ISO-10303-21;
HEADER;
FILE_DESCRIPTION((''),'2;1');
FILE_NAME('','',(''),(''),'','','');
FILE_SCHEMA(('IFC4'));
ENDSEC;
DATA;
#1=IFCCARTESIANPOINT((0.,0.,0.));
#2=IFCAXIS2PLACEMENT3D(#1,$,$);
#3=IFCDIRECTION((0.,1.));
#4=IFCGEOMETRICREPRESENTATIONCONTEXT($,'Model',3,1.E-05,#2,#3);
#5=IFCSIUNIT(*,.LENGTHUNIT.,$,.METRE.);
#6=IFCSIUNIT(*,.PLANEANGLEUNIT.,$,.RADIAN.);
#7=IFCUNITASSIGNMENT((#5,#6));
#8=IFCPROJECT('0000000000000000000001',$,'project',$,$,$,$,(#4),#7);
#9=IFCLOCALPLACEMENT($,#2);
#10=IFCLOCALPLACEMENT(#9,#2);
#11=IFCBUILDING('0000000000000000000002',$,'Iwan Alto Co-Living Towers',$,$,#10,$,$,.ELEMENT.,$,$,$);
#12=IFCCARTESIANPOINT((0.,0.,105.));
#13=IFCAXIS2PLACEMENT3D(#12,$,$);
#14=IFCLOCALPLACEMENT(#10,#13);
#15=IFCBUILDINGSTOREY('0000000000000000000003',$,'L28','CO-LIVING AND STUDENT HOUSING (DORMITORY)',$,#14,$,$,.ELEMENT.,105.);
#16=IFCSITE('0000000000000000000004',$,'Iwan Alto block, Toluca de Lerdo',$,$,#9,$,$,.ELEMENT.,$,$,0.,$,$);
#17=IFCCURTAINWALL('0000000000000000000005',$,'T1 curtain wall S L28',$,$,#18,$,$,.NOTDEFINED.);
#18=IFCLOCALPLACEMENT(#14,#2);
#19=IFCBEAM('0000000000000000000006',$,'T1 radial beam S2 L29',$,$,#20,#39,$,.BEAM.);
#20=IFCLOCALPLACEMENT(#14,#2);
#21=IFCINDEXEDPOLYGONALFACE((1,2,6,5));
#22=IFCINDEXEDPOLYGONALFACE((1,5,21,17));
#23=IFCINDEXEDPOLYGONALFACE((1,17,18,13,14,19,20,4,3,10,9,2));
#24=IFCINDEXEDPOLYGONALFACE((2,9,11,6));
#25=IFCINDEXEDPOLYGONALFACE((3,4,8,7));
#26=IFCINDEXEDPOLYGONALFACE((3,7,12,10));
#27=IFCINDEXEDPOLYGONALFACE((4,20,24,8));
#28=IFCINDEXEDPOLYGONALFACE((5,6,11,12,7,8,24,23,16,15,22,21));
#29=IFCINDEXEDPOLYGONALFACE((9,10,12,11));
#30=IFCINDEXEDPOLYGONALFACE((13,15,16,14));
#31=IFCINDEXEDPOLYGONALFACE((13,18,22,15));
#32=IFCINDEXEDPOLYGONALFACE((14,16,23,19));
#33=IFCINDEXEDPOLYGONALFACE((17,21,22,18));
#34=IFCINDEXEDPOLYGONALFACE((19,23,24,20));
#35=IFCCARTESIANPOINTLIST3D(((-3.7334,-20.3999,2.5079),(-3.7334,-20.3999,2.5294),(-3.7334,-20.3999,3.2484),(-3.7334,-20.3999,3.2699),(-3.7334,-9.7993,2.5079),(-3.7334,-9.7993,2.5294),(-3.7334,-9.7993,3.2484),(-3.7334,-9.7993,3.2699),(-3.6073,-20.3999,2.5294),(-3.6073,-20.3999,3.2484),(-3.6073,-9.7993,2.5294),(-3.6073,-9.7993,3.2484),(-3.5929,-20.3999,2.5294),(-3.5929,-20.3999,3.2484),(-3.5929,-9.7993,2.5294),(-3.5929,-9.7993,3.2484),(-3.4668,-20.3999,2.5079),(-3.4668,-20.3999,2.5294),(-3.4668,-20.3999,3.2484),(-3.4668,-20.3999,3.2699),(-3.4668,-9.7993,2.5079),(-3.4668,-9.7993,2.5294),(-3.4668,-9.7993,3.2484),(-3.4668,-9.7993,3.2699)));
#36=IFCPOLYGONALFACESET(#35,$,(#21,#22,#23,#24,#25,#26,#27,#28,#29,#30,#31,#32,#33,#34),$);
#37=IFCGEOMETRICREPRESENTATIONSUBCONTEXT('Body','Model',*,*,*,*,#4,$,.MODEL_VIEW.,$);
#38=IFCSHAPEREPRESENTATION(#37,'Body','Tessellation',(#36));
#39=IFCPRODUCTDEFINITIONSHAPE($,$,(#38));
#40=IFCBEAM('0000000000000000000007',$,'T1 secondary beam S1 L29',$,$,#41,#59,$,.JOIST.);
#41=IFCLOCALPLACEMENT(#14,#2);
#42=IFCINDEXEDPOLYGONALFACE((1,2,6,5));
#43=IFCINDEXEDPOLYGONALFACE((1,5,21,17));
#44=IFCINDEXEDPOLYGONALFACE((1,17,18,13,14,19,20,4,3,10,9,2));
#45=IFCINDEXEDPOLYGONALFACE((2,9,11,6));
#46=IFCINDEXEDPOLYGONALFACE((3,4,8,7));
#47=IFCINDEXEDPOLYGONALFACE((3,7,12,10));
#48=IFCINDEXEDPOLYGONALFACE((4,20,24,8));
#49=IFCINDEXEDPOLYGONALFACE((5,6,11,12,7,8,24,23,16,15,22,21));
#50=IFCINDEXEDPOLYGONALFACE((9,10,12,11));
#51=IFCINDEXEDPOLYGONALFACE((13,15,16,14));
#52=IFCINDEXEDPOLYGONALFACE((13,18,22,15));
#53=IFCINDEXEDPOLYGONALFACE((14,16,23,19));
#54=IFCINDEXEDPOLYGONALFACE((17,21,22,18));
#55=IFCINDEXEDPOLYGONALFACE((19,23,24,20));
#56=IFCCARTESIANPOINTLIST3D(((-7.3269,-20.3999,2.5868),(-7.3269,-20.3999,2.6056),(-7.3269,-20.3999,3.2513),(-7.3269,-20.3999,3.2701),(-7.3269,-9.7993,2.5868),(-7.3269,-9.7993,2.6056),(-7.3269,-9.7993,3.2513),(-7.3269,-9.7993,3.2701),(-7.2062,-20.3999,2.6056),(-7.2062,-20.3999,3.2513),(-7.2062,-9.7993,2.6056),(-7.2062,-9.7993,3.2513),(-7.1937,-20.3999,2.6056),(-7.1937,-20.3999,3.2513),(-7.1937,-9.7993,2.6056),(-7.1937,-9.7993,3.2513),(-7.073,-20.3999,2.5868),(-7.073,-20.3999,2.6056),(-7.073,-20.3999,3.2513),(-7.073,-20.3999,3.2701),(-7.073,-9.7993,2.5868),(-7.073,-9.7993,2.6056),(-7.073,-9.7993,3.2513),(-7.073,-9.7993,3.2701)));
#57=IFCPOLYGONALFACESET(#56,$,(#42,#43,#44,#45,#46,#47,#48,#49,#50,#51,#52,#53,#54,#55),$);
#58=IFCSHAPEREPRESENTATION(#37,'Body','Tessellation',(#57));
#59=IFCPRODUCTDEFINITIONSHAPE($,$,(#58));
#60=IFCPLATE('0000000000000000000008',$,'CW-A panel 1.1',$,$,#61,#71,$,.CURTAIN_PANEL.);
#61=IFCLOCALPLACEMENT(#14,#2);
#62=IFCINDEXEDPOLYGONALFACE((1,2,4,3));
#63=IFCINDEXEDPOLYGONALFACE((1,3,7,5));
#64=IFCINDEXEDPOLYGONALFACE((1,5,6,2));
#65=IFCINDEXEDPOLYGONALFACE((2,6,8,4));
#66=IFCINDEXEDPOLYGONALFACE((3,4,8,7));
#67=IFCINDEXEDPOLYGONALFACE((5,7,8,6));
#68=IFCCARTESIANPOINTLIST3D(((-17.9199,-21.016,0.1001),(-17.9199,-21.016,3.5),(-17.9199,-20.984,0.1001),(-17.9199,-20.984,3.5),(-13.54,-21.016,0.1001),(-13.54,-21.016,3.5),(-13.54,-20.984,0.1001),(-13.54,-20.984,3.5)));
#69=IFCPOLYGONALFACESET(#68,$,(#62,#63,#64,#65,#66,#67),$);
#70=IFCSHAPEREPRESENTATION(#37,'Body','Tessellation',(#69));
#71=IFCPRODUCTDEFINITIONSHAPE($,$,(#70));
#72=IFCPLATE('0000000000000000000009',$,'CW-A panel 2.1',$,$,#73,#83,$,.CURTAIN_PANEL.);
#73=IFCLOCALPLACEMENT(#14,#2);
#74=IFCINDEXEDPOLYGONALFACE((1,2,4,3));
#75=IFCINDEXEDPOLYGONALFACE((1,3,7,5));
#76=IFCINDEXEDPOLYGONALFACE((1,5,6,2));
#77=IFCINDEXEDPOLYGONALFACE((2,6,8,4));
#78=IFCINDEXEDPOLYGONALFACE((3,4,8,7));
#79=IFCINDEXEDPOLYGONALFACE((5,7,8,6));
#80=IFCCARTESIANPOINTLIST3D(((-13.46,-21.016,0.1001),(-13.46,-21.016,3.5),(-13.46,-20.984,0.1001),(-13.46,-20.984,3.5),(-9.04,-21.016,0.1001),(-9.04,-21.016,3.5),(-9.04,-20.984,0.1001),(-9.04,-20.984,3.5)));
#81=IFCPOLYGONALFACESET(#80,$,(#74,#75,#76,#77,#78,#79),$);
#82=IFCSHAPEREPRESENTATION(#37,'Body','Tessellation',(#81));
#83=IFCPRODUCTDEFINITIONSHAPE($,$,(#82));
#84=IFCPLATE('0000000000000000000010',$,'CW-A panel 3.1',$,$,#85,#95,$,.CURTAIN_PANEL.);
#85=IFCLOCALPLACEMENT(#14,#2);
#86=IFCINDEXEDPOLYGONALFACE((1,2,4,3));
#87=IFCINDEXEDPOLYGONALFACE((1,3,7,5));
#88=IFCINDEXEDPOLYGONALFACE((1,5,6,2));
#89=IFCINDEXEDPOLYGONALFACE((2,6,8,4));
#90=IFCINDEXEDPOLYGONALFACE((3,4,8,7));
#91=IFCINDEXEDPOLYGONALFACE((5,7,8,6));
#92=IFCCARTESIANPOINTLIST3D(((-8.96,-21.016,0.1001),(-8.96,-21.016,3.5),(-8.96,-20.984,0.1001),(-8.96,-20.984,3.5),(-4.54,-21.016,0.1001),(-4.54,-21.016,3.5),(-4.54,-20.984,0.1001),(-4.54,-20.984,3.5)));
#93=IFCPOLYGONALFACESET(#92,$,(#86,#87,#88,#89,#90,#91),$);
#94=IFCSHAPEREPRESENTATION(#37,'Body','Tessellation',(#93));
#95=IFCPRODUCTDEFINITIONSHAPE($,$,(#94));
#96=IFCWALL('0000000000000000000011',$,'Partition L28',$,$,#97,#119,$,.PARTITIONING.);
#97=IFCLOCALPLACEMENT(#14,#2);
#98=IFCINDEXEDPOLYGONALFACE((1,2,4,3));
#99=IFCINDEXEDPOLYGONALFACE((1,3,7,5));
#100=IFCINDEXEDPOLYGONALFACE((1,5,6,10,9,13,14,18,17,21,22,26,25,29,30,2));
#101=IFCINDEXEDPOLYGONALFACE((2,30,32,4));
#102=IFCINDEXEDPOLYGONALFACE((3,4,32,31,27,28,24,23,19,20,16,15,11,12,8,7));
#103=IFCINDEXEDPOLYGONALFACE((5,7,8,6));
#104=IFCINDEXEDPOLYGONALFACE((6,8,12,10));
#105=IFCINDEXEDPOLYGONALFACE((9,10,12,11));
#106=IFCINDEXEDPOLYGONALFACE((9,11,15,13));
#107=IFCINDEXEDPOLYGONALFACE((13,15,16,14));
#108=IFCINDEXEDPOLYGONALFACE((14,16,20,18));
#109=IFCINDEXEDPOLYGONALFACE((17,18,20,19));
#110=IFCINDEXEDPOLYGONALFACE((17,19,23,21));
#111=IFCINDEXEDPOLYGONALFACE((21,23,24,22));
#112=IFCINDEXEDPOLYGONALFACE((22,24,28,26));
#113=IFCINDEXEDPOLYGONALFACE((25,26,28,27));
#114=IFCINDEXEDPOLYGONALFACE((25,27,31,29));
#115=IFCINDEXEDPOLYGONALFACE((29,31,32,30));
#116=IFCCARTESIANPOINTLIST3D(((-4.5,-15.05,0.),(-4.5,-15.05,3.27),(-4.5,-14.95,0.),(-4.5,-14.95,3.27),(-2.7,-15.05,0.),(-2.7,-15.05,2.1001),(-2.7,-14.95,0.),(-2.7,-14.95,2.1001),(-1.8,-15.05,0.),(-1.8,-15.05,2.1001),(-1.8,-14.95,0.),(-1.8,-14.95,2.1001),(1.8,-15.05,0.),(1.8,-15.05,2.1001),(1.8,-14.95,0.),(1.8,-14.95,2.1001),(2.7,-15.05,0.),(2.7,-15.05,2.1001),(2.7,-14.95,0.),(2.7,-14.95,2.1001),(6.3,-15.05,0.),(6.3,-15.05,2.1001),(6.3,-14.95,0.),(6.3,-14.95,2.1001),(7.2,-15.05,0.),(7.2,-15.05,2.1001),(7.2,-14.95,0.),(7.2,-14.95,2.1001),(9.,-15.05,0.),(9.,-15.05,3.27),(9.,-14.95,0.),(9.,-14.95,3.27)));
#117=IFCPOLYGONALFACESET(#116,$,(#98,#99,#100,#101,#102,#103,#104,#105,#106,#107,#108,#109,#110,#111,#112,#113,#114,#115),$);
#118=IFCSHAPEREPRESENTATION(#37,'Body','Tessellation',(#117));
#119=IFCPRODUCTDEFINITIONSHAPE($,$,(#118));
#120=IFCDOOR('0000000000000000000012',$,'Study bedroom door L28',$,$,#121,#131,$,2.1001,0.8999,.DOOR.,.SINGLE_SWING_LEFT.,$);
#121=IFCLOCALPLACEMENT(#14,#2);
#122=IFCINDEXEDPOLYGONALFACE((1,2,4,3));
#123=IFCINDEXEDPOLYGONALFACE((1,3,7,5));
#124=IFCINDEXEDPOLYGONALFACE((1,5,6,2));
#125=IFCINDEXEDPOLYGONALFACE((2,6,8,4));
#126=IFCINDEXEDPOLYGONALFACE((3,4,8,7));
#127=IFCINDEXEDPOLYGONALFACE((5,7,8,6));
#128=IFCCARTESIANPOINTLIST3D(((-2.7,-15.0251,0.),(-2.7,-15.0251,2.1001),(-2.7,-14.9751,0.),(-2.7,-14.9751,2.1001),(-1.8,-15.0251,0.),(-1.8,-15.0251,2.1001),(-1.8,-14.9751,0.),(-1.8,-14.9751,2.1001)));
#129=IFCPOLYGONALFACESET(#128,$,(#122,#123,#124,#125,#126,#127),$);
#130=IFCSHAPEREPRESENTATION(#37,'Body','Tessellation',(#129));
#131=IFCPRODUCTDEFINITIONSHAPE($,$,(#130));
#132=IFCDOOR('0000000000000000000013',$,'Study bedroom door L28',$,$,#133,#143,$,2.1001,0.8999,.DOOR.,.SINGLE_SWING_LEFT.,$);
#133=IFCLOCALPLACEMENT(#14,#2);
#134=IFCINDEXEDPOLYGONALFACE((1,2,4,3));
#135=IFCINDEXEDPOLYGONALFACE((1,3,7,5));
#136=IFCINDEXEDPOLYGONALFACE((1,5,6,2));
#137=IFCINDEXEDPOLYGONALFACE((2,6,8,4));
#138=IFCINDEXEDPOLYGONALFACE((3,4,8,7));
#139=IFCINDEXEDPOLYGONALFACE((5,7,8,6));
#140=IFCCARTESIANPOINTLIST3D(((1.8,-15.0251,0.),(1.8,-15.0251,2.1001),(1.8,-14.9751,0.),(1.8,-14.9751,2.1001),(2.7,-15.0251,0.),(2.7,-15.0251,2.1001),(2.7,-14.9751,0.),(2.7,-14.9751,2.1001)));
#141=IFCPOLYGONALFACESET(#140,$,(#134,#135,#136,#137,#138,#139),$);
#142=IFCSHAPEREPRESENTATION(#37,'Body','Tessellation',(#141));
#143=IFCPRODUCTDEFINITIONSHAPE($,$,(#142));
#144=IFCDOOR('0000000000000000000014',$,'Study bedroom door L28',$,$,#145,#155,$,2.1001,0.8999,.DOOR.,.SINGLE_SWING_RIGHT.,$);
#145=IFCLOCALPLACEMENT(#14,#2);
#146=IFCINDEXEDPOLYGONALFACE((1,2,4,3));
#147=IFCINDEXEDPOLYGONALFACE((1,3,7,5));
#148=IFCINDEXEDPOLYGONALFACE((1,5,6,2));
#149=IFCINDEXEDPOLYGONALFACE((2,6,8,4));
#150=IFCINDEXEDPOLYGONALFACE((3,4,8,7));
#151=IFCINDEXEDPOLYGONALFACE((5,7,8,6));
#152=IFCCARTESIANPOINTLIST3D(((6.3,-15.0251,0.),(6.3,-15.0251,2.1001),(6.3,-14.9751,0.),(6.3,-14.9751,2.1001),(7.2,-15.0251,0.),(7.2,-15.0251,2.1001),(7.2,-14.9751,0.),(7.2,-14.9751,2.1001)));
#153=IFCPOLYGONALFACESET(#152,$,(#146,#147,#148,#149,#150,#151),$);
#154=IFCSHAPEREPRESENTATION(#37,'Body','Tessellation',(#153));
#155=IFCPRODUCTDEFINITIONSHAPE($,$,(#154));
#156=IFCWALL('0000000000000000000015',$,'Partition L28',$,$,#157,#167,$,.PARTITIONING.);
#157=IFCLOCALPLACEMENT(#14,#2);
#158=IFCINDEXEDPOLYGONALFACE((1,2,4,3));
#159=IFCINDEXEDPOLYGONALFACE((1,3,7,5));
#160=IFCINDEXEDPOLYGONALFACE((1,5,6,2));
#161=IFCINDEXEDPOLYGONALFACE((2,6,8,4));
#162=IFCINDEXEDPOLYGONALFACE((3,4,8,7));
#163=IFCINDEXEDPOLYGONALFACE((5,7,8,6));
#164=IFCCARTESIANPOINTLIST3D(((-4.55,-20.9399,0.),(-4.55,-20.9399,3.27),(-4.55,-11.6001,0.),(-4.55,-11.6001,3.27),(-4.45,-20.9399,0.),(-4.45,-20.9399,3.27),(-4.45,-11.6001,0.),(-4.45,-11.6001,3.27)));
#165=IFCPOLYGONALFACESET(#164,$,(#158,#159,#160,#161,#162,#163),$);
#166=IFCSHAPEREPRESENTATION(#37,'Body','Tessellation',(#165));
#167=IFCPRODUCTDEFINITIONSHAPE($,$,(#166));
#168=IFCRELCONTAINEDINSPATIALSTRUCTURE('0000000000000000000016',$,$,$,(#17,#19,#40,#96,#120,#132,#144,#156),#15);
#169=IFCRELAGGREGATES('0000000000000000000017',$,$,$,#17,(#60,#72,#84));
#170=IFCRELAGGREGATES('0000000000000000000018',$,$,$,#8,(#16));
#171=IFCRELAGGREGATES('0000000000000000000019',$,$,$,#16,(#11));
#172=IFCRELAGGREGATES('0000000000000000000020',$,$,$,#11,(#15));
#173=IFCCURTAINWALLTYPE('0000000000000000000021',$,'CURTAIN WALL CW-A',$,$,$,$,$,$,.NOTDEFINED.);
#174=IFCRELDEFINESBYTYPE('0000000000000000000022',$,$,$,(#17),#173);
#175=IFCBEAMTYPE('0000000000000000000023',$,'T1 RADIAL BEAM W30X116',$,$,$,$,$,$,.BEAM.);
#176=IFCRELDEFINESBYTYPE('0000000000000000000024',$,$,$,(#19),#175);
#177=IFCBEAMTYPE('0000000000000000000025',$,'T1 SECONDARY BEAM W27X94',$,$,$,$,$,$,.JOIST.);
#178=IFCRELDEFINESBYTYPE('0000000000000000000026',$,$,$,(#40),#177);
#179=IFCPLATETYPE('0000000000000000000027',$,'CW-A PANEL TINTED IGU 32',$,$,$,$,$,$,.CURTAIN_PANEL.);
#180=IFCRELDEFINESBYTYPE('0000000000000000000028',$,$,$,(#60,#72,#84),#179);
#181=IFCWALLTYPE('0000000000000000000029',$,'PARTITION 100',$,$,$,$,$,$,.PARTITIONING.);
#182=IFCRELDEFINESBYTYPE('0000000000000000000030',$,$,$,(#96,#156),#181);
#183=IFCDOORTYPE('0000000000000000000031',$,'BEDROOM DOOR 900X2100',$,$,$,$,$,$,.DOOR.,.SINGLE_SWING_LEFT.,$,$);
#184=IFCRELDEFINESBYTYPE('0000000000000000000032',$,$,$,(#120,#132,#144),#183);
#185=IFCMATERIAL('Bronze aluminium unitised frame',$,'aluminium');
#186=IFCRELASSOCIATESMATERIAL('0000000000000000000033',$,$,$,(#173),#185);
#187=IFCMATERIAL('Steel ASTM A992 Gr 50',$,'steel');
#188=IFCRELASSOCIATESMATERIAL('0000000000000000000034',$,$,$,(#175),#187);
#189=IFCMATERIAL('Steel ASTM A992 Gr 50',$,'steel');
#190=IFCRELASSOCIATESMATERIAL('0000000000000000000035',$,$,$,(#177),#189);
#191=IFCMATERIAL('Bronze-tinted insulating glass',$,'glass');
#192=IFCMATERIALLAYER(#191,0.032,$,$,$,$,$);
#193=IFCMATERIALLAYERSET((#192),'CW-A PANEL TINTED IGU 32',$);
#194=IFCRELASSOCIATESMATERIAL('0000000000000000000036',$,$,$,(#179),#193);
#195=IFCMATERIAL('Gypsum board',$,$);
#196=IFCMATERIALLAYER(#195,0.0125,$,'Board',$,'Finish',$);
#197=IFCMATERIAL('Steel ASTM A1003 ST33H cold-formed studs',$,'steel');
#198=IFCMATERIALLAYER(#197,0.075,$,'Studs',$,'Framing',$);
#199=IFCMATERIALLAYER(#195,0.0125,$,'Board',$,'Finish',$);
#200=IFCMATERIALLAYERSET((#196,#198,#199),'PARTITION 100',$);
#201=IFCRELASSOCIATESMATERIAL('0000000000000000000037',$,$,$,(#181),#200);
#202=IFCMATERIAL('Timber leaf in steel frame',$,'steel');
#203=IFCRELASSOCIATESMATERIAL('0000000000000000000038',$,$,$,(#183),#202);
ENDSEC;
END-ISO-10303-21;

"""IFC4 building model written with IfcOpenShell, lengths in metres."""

from ifc_helpers import new_model, si_unit, direction, frame, frame_2d, origin, origin_2d, place, context, subcontext, project, spatial, rectangle, i_section, extrude, material, layer, layer_set, material_profile, profile_set, type_object, element, fill, aggregate, save


model = new_model("IFC4")

# Units and contexts
model_context = context("Model", 3, precision=1e-05, world=origin(), true_north=direction((0.0, 1.0)))
body_context = subcontext(model_context, "Body", "Model", "MODEL_VIEW")
ifc_project = project(units=[si_unit("LENGTHUNIT", "METRE"), si_unit("PLANEANGLEUNIT", "RADIAN")], contexts=[model_context])

# Site, building, storey
site_placement = place(None, origin())
site = spatial("IfcSite", under=ifc_project, at=site_placement, Name="Iwan Alto block, Toluca de Lerdo", CompositionType="ELEMENT", RefElevation=0.0)
building_placement = place(site_placement, origin())
building = spatial("IfcBuilding", under=site, at=building_placement, Name="Iwan Alto Co-Living Towers", CompositionType="ELEMENT")
storey_placement = place(building_placement, frame((0.0, 0.0, 105.0)))
storey = spatial("IfcBuildingStorey", under=building, at=storey_placement, Name="L28", Description="CO-LIVING AND STUDENT HOUSING (DORMITORY)", CompositionType="ELEMENT", Elevation=105.0)

# Curtain wall
ifc_material_1 = material(Name="Bronze aluminium unitised frame", Category="aluminium")
curtain_wall_type = type_object("IfcCurtainWallType", Name="CURTAIN WALL CW-A", PredefinedType="NOTDEFINED", material=ifc_material_1)
curtain_wall_placement = place(storey_placement, origin())
curtain_wall = element("IfcCurtainWall", 1, at=curtain_wall_placement, inside=storey, type_object=curtain_wall_type, Name="T1 curtain wall S L28", PredefinedType="NOTDEFINED")

# Beams
ifc_material_2 = material(Name="Steel ASTM A992 Gr 50", Category="steel")
ifc_material_profile_1 = material_profile(ifc_material_2, i_section(OverallWidth=0.2666, OverallDepth=0.762, WebThickness=0.0144, FlangeThickness=0.0215, at=origin_2d()), Name="W30X116")
ifc_profile_set_1 = profile_set([ifc_material_profile_1], Name="Steel ASTM A992 Gr 50")
beam_type_1 = type_object("IfcBeamType", Name="T1 RADIAL BEAM W30X116", PredefinedType="BEAM", material=ifc_profile_set_1)
beam_1_placement = place(storey_placement, frame((-3.6001, -20.3999, 2.8889), z_axis=(0.0, 1.0, 0.0), x_axis=(-1.0, 0.0, 0.0)))
element("IfcBeam", 2, at=beam_1_placement, inside=storey, type_object=beam_type_1, Name="T1 radial beam S2 L29", PredefinedType="BEAM", context=body_context, shape_type="SweptSolid", body=[
    extrude(i_section(OverallWidth=0.2666, OverallDepth=0.762, WebThickness=0.0144, FlangeThickness=0.0215, at=origin_2d()), origin(), (0.0, 0.0, 1.0), 10.6006),
])
ifc_material_3 = material(Name="Steel ASTM A992 Gr 50", Category="steel")
ifc_material_profile_2 = material_profile(ifc_material_3, i_section(OverallWidth=0.2539, OverallDepth=0.6833, WebThickness=0.0125, FlangeThickness=0.0188, at=origin_2d()), Name="W27X94")
ifc_profile_set_2 = profile_set([ifc_material_profile_2], Name="Steel ASTM A992 Gr 50")
beam_type_2 = type_object("IfcBeamType", Name="T1 SECONDARY BEAM W27X94", PredefinedType="JOIST", material=ifc_profile_set_2)
beam_2_placement = place(storey_placement, frame((-7.2, -20.3999, 2.9285), z_axis=(0.0, 1.0, 0.0), x_axis=(-1.0, 0.0, 0.0)))
element("IfcBeam", 3, at=beam_2_placement, inside=storey, type_object=beam_type_2, Name="T1 secondary beam S1 L29", PredefinedType="JOIST", context=body_context, shape_type="SweptSolid", body=[
    extrude(i_section(OverallWidth=0.2539, OverallDepth=0.6833, WebThickness=0.0125, FlangeThickness=0.0188, at=origin_2d()), origin(), (0.0, 0.0, 1.0), 10.6006),
])

# Plates
ifc_material_4 = material(Name="Bronze-tinted insulating glass", Category="glass")
ifc_layer_1 = layer(ifc_material_4, 0.032)
ifc_layer_set_1 = layer_set([ifc_layer_1], Name="CW-A PANEL TINTED IGU 32")
plate_type = type_object("IfcPlateType", Name="CW-A PANEL TINTED IGU 32", PredefinedType="CURTAIN_PANEL", material=ifc_layer_set_1)
plate_1_placement = place(storey_placement, frame((-15.73, -21.0, 0.1001), z_axis=(0.0, 0.0, 1.0), x_axis=(1.0, 0.0, 0.0)))
plate_1 = element("IfcPlate", 4, at=plate_1_placement, type_object=plate_type, Name="CW-A panel 1.1", PredefinedType="CURTAIN_PANEL", context=body_context, shape_type="SweptSolid", body=[
    extrude(rectangle(XDim=4.3799, YDim=0.032, at=origin_2d()), origin(), (0.0, 0.0, 1.0), 3.3999),
])
plate_2_placement = place(storey_placement, frame((-11.25, -21.0, 0.1001), z_axis=(0.0, 0.0, 1.0), x_axis=(1.0, 0.0, 0.0)))
plate_2 = element("IfcPlate", 5, at=plate_2_placement, type_object=plate_type, Name="CW-A panel 2.1", PredefinedType="CURTAIN_PANEL", context=body_context, shape_type="SweptSolid", body=[
    extrude(rectangle(XDim=4.4199, YDim=0.032, at=origin_2d()), origin(), (0.0, 0.0, 1.0), 3.3999),
])
plate_3_placement = place(storey_placement, frame((-6.75, -21.0, 0.1001), z_axis=(0.0, 0.0, 1.0), x_axis=(1.0, 0.0, 0.0)))
plate_3 = element("IfcPlate", 6, at=plate_3_placement, type_object=plate_type, Name="CW-A panel 3.1", PredefinedType="CURTAIN_PANEL", context=body_context, shape_type="SweptSolid", body=[
    extrude(rectangle(XDim=4.4199, YDim=0.032, at=origin_2d()), origin(), (0.0, 0.0, 1.0), 3.3999),
])
aggregate(curtain_wall, [plate_1, plate_2, plate_3])

# Wall, openings, doors
ifc_material_5 = material(Name="Gypsum board")
ifc_layer_2 = layer(ifc_material_5, 0.0125, Name="Board", Category="Finish")
ifc_material_6 = material(Name="Steel ASTM A1003 ST33H cold-formed studs", Category="steel")
ifc_layer_3 = layer(ifc_material_6, 0.075, Name="Studs", Category="Framing")
ifc_layer_4 = layer(ifc_material_5, 0.0125, Name="Board", Category="Finish")
ifc_layer_set_2 = layer_set([ifc_layer_2, ifc_layer_3, ifc_layer_4], Name="PARTITION 100")
wall_type = type_object("IfcWallType", Name="PARTITION 100", PredefinedType="PARTITIONING", material=ifc_layer_set_2)
wall_1_placement = place(storey_placement, frame((-4.5, -15.0, 0.0), z_axis=(0.0, 0.0, 1.0), x_axis=(1.0, 0.0, 0.0)))
wall_1 = element("IfcWall", 7, at=wall_1_placement, inside=storey, type_object=wall_type, Name="Partition L28", PredefinedType="PARTITIONING", context=body_context, shape_type="SweptSolid", body=[
    extrude(rectangle(XDim=13.5, YDim=0.1001, at=frame_2d((6.75, 0.0))), origin(), (0.0, 0.0, 1.0), 3.27),
])
opening_1_placement = place(wall_1_placement, frame((1.8, 0.0, 0.0)))
opening_1 = element("IfcOpeningElement", 8, at=opening_1_placement, cuts=wall_1, PredefinedType="OPENING", context=body_context, shape_type="SweptSolid", body=[
    extrude(rectangle(XDim=0.8999, YDim=2.1001, at=frame_2d((0.45, 1.05))), frame((0.0, 0.0601, 0.0), z_axis=(0.0, -1.0, 0.0), x_axis=(1.0, 0.0, 0.0)), (0.0, 0.0, 1.0), 0.1201),
])
opening_2_placement = place(wall_1_placement, frame((6.3, 0.0, 0.0)))
opening_2 = element("IfcOpeningElement", 9, at=opening_2_placement, cuts=wall_1, PredefinedType="OPENING", context=body_context, shape_type="SweptSolid", body=[
    extrude(rectangle(XDim=0.8999, YDim=2.1001, at=frame_2d((0.45, 1.05))), frame((0.0, 0.0601, 0.0), z_axis=(0.0, -1.0, 0.0), x_axis=(1.0, 0.0, 0.0)), (0.0, 0.0, 1.0), 0.1201),
])
opening_3_placement = place(wall_1_placement, frame((10.8, 0.0, 0.0)))
opening_3 = element("IfcOpeningElement", 10, at=opening_3_placement, cuts=wall_1, PredefinedType="OPENING", context=body_context, shape_type="SweptSolid", body=[
    extrude(rectangle(XDim=0.8999, YDim=2.1001, at=frame_2d((0.45, 1.05))), frame((0.0, 0.0601, 0.0), z_axis=(0.0, -1.0, 0.0), x_axis=(1.0, 0.0, 0.0)), (0.0, 0.0, 1.0), 0.1201),
])
ifc_material_7 = material(Name="Timber leaf in steel frame", Category="steel")
door_type_1 = type_object("IfcDoorType", Name="BEDROOM DOOR 900X2100", OperationType="SINGLE_SWING_LEFT", PredefinedType="DOOR", material=ifc_material_7)
door_1_placement = place(opening_1_placement, origin())
door_1 = element("IfcDoor", 11, at=door_1_placement, inside=storey, type_object=door_type_1, Name="Study bedroom door L28", OperationType="SINGLE_SWING_LEFT", OverallHeight=2.1001, OverallWidth=0.8999, PredefinedType="DOOR", context=body_context, shape_type="SweptSolid", body=[
    extrude(rectangle(XDim=0.8999, YDim=2.1001, at=frame_2d((0.45, 1.05))), frame((0.0, 0.0249, 0.0), z_axis=(0.0, -1.0, 0.0), x_axis=(1.0, 0.0, 0.0)), (0.0, 0.0, 1.0), 0.05),
])
fill(opening_1, door_1)
door_2_placement = place(opening_2_placement, origin())
door_2 = element("IfcDoor", 12, at=door_2_placement, inside=storey, type_object=door_type_1, Name="Study bedroom door L28", OperationType="SINGLE_SWING_LEFT", OverallHeight=2.1001, OverallWidth=0.8999, PredefinedType="DOOR", context=body_context, shape_type="SweptSolid", body=[
    extrude(rectangle(XDim=0.8999, YDim=2.1001, at=frame_2d((0.45, 1.05))), frame((0.0, 0.0249, 0.0), z_axis=(0.0, -1.0, 0.0), x_axis=(1.0, 0.0, 0.0)), (0.0, 0.0, 1.0), 0.05),
])
fill(opening_2, door_2)
door_3_placement = place(opening_3_placement, origin())
door_3 = element("IfcDoor", 13, at=door_3_placement, inside=storey, type_object=door_type_1, Name="Study bedroom door L28", OperationType="SINGLE_SWING_RIGHT", OverallHeight=2.1001, OverallWidth=0.8999, PredefinedType="DOOR", context=body_context, shape_type="SweptSolid", body=[
    extrude(rectangle(XDim=0.8999, YDim=2.1001, at=frame_2d((0.45, 1.05))), frame((0.0, 0.0249, 0.0), z_axis=(0.0, -1.0, 0.0), x_axis=(1.0, 0.0, 0.0)), (0.0, 0.0, 1.0), 0.05),
])
fill(opening_3, door_3)

# Wall
wall_2_placement = place(storey_placement, frame((-4.5, -20.9399, 0.0), z_axis=(0.0, 0.0, 1.0), x_axis=(0.0, 1.0, 0.0)))
element("IfcWall", 14, at=wall_2_placement, inside=storey, type_object=wall_type, Name="Partition L28", PredefinedType="PARTITIONING", context=body_context, shape_type="SweptSolid", body=[
    extrude(rectangle(XDim=9.3398, YDim=0.1001, at=frame_2d((4.6699, 0.0))), origin(), (0.0, 0.0, 1.0), 3.27),
])

save(model, "model.ifc")
